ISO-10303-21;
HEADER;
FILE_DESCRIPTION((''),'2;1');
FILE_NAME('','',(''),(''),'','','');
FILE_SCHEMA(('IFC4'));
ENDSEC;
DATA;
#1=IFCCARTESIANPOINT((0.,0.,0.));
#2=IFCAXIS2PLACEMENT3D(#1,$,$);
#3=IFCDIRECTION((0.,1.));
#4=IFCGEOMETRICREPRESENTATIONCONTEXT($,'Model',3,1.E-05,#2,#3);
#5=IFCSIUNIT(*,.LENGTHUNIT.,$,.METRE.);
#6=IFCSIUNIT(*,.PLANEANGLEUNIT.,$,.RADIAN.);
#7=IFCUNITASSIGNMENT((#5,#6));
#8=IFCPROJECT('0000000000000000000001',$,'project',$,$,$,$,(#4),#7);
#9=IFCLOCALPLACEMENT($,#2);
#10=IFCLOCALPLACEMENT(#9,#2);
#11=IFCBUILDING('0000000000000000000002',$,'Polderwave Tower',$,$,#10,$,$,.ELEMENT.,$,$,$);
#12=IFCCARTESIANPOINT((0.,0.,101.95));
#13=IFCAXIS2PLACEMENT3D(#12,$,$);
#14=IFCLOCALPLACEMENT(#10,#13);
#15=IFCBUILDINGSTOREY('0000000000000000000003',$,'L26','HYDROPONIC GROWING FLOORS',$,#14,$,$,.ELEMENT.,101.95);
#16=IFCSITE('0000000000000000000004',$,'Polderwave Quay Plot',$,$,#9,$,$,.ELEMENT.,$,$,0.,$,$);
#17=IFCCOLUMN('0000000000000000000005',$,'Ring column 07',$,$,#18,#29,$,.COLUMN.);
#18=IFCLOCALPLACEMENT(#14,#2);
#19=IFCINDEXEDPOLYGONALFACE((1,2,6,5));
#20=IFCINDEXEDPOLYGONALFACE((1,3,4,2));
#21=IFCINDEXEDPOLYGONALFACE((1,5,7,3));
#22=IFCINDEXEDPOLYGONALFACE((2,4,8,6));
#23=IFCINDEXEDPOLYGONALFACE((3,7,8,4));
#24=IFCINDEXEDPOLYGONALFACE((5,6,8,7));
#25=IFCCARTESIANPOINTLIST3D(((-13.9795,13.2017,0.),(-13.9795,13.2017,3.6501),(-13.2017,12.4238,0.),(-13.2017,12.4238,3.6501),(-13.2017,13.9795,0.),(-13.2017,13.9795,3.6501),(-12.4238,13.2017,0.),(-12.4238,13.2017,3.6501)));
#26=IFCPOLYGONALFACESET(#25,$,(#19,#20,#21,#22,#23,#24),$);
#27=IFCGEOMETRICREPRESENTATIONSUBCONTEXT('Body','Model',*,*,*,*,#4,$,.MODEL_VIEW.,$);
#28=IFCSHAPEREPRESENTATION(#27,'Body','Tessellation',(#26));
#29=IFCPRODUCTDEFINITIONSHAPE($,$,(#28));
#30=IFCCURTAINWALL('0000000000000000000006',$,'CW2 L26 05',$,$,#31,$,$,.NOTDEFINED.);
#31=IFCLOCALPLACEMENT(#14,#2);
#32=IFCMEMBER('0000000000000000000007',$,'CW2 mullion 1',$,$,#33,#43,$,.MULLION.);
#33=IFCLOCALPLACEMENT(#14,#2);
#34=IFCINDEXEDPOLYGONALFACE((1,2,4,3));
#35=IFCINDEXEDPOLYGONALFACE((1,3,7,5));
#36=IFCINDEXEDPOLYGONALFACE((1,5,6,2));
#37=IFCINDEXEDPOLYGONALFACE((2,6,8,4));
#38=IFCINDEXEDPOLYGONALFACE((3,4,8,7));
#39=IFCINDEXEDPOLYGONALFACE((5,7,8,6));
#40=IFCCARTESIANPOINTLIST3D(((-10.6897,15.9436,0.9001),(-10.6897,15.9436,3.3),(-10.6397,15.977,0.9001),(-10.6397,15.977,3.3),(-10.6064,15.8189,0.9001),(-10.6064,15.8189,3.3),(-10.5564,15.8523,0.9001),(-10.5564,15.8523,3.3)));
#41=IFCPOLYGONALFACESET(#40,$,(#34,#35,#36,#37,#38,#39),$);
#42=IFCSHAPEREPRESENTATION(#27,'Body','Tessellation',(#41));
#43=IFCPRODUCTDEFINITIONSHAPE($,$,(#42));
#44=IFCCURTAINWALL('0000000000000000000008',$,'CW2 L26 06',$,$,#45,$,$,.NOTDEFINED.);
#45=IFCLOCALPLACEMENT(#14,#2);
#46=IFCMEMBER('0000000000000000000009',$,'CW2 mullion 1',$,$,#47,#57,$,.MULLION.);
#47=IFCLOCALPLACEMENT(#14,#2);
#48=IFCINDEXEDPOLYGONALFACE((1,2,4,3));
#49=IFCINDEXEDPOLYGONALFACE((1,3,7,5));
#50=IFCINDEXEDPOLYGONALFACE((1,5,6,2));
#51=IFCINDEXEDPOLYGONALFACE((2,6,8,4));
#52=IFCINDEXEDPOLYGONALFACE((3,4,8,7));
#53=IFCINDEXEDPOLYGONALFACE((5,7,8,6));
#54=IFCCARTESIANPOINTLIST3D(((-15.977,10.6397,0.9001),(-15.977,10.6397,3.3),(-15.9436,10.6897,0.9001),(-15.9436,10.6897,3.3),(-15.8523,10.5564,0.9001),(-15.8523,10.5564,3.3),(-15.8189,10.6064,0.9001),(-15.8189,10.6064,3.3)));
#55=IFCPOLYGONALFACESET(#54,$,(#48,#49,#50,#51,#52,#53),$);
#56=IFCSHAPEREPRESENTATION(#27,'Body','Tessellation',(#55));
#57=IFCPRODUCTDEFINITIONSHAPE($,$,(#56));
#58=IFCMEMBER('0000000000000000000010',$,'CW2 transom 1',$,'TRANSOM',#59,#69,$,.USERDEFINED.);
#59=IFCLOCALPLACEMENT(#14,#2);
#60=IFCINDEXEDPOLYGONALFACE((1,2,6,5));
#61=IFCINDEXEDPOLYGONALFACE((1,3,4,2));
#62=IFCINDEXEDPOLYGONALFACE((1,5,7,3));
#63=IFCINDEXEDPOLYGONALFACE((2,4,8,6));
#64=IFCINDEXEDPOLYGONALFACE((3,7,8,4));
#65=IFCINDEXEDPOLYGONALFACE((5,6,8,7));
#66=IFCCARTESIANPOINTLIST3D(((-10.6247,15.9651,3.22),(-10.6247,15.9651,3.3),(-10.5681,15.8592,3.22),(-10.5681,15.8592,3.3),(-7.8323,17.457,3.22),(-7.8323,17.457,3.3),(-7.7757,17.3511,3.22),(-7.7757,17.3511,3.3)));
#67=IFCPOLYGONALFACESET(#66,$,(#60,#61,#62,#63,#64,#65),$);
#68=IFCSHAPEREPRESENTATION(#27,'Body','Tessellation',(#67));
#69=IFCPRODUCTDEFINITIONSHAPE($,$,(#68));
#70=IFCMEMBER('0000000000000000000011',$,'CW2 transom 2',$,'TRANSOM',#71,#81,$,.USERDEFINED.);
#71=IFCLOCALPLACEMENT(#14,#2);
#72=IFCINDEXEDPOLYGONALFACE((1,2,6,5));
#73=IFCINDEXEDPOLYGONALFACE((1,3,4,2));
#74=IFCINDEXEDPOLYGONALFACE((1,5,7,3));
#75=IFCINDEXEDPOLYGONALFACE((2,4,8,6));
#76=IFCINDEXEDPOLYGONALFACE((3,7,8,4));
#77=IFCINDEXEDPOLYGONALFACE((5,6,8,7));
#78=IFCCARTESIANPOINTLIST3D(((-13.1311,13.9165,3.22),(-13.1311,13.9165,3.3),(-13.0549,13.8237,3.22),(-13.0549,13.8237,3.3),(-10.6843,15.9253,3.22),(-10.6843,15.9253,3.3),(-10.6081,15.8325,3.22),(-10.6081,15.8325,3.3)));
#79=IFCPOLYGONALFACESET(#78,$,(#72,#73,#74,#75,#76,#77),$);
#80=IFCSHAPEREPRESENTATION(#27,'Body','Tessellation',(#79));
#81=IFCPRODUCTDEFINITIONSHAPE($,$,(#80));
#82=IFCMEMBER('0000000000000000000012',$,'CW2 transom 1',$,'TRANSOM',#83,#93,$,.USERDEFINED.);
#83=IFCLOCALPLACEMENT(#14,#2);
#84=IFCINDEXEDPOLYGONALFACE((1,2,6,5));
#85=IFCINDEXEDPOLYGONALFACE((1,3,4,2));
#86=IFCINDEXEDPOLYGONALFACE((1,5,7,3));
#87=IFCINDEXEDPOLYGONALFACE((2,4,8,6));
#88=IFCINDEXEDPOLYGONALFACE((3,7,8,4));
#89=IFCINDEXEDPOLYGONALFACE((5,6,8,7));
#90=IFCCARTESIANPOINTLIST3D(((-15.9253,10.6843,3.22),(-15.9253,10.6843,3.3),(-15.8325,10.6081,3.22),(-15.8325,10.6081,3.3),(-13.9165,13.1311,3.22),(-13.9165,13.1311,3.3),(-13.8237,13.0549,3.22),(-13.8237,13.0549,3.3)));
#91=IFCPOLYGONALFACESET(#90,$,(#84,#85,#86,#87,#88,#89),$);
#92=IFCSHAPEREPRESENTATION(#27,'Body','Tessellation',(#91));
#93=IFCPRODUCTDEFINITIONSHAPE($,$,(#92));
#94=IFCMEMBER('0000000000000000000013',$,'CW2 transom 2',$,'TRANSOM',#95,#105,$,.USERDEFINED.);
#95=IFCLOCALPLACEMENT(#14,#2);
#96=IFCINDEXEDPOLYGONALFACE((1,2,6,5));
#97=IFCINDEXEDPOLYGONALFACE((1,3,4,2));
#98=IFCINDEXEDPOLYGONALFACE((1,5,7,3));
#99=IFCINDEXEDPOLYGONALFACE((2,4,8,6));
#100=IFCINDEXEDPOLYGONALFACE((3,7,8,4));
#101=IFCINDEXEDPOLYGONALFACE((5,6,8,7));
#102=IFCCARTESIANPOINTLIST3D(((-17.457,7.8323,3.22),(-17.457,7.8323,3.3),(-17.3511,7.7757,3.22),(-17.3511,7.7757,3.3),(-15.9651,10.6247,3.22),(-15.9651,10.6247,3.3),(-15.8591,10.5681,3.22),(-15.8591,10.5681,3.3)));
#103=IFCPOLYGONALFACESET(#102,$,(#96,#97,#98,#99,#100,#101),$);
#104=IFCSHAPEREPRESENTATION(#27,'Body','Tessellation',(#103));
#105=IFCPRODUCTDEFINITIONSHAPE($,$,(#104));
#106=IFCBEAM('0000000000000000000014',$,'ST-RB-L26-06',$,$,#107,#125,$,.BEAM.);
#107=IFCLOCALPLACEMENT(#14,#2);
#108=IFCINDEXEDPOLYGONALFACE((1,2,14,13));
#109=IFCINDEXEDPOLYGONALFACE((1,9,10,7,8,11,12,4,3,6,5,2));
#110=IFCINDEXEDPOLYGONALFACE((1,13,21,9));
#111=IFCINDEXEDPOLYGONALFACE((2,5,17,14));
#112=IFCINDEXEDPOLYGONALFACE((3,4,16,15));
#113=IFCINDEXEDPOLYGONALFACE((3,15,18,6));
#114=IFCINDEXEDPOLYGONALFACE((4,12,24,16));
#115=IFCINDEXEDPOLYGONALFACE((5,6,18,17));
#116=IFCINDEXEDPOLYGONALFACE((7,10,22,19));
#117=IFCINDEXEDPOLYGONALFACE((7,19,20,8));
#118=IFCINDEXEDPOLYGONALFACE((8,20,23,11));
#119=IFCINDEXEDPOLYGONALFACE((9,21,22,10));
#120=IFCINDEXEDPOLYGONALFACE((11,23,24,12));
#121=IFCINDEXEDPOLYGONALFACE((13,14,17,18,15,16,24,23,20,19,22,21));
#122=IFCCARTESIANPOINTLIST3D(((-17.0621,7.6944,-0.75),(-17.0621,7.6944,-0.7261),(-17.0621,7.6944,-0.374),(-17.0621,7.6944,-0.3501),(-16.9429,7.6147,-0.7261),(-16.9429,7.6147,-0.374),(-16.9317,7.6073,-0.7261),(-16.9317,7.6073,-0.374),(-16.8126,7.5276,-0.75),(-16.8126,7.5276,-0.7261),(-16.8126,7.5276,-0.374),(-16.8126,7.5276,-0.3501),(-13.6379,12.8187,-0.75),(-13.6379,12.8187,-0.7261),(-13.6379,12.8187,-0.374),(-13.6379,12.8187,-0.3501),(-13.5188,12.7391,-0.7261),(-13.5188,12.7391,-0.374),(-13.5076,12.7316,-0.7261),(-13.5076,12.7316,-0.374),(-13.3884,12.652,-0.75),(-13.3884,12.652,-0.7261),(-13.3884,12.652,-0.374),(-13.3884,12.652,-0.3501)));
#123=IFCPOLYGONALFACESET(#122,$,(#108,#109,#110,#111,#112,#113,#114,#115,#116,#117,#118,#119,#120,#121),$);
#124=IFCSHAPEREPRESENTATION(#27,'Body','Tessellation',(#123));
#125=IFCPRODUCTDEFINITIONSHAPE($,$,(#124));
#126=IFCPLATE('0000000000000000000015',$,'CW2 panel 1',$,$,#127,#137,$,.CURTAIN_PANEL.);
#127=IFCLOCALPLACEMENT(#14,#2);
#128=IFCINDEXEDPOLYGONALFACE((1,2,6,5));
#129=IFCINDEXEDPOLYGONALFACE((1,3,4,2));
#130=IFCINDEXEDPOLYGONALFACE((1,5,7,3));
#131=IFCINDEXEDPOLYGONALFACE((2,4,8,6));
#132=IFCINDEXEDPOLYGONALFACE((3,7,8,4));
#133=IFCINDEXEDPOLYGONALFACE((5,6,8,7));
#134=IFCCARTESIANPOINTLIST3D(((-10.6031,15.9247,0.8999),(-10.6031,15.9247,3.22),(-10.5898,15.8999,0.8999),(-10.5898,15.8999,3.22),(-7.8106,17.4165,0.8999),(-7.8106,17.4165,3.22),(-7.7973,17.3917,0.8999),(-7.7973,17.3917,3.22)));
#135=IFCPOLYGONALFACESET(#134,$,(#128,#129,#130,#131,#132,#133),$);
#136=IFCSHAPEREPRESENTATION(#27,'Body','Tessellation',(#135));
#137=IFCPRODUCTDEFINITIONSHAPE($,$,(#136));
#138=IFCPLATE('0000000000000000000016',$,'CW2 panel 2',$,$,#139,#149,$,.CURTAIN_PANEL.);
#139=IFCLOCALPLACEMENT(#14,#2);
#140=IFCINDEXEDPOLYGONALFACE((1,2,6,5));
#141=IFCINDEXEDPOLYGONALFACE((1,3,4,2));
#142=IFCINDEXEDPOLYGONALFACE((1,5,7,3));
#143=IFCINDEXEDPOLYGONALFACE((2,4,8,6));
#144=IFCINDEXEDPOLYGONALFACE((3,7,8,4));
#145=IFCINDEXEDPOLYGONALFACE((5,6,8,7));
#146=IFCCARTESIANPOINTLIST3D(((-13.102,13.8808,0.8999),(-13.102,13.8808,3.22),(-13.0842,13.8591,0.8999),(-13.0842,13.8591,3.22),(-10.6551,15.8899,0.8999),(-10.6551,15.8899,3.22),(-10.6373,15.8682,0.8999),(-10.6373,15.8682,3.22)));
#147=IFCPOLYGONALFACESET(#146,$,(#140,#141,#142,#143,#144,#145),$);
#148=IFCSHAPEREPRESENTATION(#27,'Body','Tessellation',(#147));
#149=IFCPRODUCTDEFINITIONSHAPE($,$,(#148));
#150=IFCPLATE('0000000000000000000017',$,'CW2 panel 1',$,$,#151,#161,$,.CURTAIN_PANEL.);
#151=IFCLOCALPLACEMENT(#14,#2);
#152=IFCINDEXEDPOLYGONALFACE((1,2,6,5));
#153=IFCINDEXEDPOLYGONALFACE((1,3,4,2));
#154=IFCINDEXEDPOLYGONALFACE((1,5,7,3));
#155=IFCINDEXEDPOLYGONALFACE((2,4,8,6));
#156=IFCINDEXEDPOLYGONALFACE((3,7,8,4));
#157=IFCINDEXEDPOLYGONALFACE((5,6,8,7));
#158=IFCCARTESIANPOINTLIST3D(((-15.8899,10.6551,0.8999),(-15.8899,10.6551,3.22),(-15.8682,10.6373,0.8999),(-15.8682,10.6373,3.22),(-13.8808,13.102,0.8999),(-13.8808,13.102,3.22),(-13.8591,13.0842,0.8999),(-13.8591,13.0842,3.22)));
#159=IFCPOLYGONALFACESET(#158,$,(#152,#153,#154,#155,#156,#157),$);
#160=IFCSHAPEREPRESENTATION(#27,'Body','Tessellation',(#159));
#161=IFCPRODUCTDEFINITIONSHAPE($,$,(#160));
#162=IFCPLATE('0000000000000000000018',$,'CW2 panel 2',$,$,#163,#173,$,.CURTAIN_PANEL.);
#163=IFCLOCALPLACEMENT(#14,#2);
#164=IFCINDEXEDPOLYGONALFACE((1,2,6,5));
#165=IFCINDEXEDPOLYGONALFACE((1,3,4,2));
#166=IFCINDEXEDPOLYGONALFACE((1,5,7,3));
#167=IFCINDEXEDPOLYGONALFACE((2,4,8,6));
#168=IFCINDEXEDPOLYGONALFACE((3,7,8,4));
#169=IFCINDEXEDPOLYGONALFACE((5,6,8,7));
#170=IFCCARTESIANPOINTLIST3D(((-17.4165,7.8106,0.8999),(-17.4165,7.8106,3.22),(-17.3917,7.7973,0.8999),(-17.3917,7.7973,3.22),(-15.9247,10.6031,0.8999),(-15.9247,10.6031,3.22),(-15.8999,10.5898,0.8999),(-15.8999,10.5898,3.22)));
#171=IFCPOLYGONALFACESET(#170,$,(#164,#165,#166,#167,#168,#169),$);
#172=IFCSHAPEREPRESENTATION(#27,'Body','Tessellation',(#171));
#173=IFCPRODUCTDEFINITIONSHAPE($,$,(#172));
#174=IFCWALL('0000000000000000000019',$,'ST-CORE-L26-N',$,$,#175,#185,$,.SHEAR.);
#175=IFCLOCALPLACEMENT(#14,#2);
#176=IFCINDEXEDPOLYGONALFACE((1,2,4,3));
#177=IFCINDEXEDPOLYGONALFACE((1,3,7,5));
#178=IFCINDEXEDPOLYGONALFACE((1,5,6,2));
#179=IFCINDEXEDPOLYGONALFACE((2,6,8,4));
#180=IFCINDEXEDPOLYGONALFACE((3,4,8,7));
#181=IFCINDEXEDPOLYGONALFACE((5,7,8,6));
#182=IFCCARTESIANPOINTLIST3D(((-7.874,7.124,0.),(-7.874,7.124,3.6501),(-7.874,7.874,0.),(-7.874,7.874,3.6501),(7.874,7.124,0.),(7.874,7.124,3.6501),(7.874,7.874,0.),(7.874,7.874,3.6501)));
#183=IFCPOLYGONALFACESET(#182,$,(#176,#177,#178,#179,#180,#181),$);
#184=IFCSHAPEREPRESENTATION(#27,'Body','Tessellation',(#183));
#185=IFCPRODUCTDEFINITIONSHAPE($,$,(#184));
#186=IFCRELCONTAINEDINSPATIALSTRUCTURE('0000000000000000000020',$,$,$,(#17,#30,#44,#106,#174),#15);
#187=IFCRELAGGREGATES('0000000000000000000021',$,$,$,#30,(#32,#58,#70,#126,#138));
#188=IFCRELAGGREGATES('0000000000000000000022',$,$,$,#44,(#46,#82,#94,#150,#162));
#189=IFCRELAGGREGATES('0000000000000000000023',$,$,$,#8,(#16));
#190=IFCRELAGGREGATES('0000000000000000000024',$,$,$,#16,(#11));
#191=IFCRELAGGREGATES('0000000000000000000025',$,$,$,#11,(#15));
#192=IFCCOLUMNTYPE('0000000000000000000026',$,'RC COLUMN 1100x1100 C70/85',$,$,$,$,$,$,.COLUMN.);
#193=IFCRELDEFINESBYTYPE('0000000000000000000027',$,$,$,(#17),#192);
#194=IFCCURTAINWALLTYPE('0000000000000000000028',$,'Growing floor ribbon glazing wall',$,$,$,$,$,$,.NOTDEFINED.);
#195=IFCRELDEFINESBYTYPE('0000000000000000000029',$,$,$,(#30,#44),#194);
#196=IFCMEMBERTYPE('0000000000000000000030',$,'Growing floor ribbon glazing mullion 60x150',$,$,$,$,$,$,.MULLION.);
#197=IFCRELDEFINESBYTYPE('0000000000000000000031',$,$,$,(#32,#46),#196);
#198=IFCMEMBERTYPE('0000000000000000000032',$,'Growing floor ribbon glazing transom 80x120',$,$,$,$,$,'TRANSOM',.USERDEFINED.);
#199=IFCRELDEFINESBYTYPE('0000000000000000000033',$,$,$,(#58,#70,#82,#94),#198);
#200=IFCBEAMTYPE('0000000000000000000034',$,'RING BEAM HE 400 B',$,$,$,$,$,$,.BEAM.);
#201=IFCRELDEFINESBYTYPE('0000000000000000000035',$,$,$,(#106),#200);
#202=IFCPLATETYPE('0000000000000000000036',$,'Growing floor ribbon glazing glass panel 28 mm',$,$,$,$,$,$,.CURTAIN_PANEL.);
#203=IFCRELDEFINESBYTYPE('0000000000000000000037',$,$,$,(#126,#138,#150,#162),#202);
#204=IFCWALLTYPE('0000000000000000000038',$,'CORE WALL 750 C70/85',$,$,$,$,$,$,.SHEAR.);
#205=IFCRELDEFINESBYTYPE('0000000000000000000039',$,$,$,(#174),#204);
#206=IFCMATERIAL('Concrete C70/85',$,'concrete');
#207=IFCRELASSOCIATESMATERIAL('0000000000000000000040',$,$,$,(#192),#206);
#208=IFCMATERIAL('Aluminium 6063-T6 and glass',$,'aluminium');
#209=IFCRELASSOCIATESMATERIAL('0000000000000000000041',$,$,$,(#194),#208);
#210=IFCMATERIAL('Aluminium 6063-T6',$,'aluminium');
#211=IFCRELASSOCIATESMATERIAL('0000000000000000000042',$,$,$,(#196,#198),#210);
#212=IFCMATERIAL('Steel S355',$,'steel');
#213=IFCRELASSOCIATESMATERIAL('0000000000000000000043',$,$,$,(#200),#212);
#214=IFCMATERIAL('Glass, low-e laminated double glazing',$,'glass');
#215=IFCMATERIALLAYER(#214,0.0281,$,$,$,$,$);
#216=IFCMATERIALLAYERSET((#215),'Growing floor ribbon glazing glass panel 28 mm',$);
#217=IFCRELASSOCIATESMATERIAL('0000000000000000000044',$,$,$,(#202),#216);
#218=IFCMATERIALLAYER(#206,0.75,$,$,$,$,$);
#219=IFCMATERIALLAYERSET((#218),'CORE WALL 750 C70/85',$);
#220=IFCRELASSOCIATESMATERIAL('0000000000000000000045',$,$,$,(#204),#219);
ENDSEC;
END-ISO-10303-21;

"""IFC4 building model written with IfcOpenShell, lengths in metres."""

from ifc_helpers import new_model, si_unit, direction, frame, frame_2d, origin, origin_2d, place, context, subcontext, project, spatial, rectangle, i_section, extrude, material, layer, layer_set, material_profile, profile_set, type_object, element, aggregate, save


model = new_model("IFC4")

# Units and contexts
model_context = context("Model", 3, precision=1e-05, world=origin(), true_north=direction((0.0, 1.0)))
body_context = subcontext(model_context, "Body", "Model", "MODEL_VIEW")
ifc_project = project(units=[si_unit("LENGTHUNIT", "METRE"), si_unit("PLANEANGLEUNIT", "RADIAN")], contexts=[model_context])

# Site, building, storey
site_placement = place(None, origin())
site = spatial("IfcSite", under=ifc_project, at=site_placement, Name="Polderwave Quay Plot", CompositionType="ELEMENT", RefElevation=0.0)
building_placement = place(site_placement, origin())
building = spatial("IfcBuilding", under=site, at=building_placement, Name="Polderwave Tower", CompositionType="ELEMENT")
storey_placement = place(building_placement, frame((0.0, 0.0, 101.95)))
storey = spatial("IfcBuildingStorey", under=building, at=storey_placement, Name="L26", Description="HYDROPONIC GROWING FLOORS", CompositionType="ELEMENT", Elevation=101.95)

# Column
ifc_material_1 = material(Name="Concrete C70/85", Category="concrete")
ifc_material_profile_1 = material_profile(ifc_material_1, rectangle(XDim=1.1001, YDim=1.1001, at=origin_2d()), Name="RC 1100x1100")
ifc_profile_set_1 = profile_set([ifc_material_profile_1], Name="Concrete C70/85")
column_type = type_object("IfcColumnType", Name="RC COLUMN 1100x1100 C70/85", PredefinedType="COLUMN", material=ifc_profile_set_1)
column_placement = place(storey_placement, frame((-13.2017, 13.2017, 0.0), z_axis=(0.0, 0.0, 1.0), x_axis=(-0.707107, 0.707107, 0.0)))
element("IfcColumn", 1, at=column_placement, inside=storey, type_object=column_type, Name="Ring column 07", PredefinedType="COLUMN", context=body_context, shape_type="SweptSolid", body=[
    extrude(rectangle(XDim=1.1001, YDim=1.1001, at=origin_2d()), origin(), (0.0, 0.0, 1.0), 3.6501),
])

# Curtain walls, members
ifc_material_2 = material(Name="Aluminium 6063-T6 and glass", Category="aluminium")
curtain_wall_type = type_object("IfcCurtainWallType", Name="Growing floor ribbon glazing wall", PredefinedType="NOTDEFINED", material=ifc_material_2)
curtain_wall_1_placement = place(storey_placement, origin())
curtain_wall_1 = element("IfcCurtainWall", 2, at=curtain_wall_1_placement, inside=storey, type_object=curtain_wall_type, Name="CW2 L26 05", PredefinedType="NOTDEFINED")
ifc_material_3 = material(Name="Aluminium 6063-T6", Category="aluminium")
ifc_material_profile_2 = material_profile(ifc_material_3, rectangle(XDim=0.1499, YDim=0.0601, at=origin_2d()), Name="AL 60x150")
ifc_profile_set_2 = profile_set([ifc_material_profile_2], Name="Aluminium 6063-T6")
member_type_1 = type_object("IfcMemberType", Name="Growing floor ribbon glazing mullion 60x150", PredefinedType="MULLION", material=ifc_profile_set_2)
member_1_placement = place(storey_placement, frame((-10.623, 15.8979, 0.9001), z_axis=(0.0, 0.0, 1.0), x_axis=(0.555573, -0.831468, 0.0)))
member_1 = element("IfcMember", 3, at=member_1_placement, type_object=member_type_1, Name="CW2 mullion 1", PredefinedType="MULLION", context=body_context, shape_type="SweptSolid", body=[
    extrude(rectangle(XDim=0.1499, YDim=0.0601, at=origin_2d()), origin(), (0.0, 0.0, 1.0), 2.3999),
])
curtain_wall_2_placement = place(storey_placement, origin())
curtain_wall_2 = element("IfcCurtainWall", 4, at=curtain_wall_2_placement, inside=storey, type_object=curtain_wall_type, Name="CW2 L26 06", PredefinedType="NOTDEFINED")
member_2_placement = place(storey_placement, frame((-15.8979, 10.623, 0.9001), z_axis=(0.0, 0.0, 1.0), x_axis=(0.831468, -0.555573, 0.0)))
member_2 = element("IfcMember", 5, at=member_2_placement, type_object=member_type_1, Name="CW2 mullion 1", PredefinedType="MULLION", context=body_context, shape_type="SweptSolid", body=[
    extrude(rectangle(XDim=0.1499, YDim=0.0601, at=origin_2d()), origin(), (0.0, 0.0, 1.0), 2.3999),
])

# Members
ifc_material_profile_3 = material_profile(ifc_material_3, rectangle(XDim=0.1201, YDim=0.0801, at=origin_2d()), Name="AL 80x120")
ifc_profile_set_3 = profile_set([ifc_material_profile_3], Name="Aluminium 6063-T6")
member_type_2 = type_object("IfcMemberType", Name="Growing floor ribbon glazing transom 80x120", ElementType="TRANSOM", PredefinedType="USERDEFINED", material=ifc_profile_set_3)
member_3_placement = place(storey_placement, frame((-7.804, 17.4041, 3.26), z_axis=(-0.882009, -0.471232, 0.0), x_axis=(0.471232, -0.882009, 0.0)))
member_3 = element("IfcMember", 6, at=member_3_placement, type_object=member_type_2, Name="CW2 transom 1", ObjectType="TRANSOM", PredefinedType="USERDEFINED", context=body_context, shape_type="SweptSolid", body=[
    extrude(rectangle(XDim=0.1201, YDim=0.0801, at=origin_2d()), origin(), (0.0, 0.0, 1.0), 3.166),
])
member_4_placement = place(storey_placement, frame((-10.6462, 15.8789, 3.26), z_axis=(-0.772891, -0.634539, 0.0), x_axis=(0.634539, -0.772891, 0.0)))
member_4 = element("IfcMember", 7, at=member_4_placement, type_object=member_type_2, Name="CW2 transom 2", ObjectType="TRANSOM", PredefinedType="USERDEFINED", context=body_context, shape_type="SweptSolid", body=[
    extrude(rectangle(XDim=0.1201, YDim=0.0801, at=origin_2d()), origin(), (0.0, 0.0, 1.0), 3.1658),
])
member_5_placement = place(storey_placement, frame((-13.8701, 13.093, 3.26), z_axis=(-0.634539, -0.772891, 0.0), x_axis=(0.772891, -0.634539, 0.0)))
member_5 = element("IfcMember", 8, at=member_5_placement, type_object=member_type_2, Name="CW2 transom 1", ObjectType="TRANSOM", PredefinedType="USERDEFINED", context=body_context, shape_type="SweptSolid", body=[
    extrude(rectangle(XDim=0.1201, YDim=0.0801, at=origin_2d()), origin(), (0.0, 0.0, 1.0), 3.1658),
])
member_6_placement = place(storey_placement, frame((-15.9121, 10.5964, 3.26), z_axis=(-0.471232, -0.882009, 0.0), x_axis=(0.882009, -0.471232, 0.0)))
member_6 = element("IfcMember", 9, at=member_6_placement, type_object=member_type_2, Name="CW2 transom 2", ObjectType="TRANSOM", PredefinedType="USERDEFINED", context=body_context, shape_type="SweptSolid", body=[
    extrude(rectangle(XDim=0.1201, YDim=0.0801, at=origin_2d()), origin(), (0.0, 0.0, 1.0), 3.166),
])

# Beam
ifc_material_4 = material(Name="Steel S355", Category="steel")
ifc_material_profile_4 = material_profile(ifc_material_4, i_section(OverallWidth=0.3, OverallDepth=0.3999, WebThickness=0.0134, FlangeThickness=0.0239, at=origin_2d()), Name="HE 400 B")
ifc_profile_set_4 = profile_set([ifc_material_profile_4], Name="Steel S355")
beam_type = type_object("IfcBeamType", Name="RING BEAM HE 400 B", PredefinedType="BEAM", material=ifc_profile_set_4)
beam_placement = place(storey_placement, frame((-13.5132, 12.7354, -0.55), z_axis=(-0.555587, -0.831459, 0.0), x_axis=(0.831459, -0.555587, 0.0)))
element("IfcBeam", 10, at=beam_placement, inside=storey, type_object=beam_type, Name="ST-RB-L26-06", PredefinedType="BEAM", context=body_context, shape_type="SweptSolid", body=[
    extrude(i_section(OverallWidth=0.3, OverallDepth=0.3999, WebThickness=0.0134, FlangeThickness=0.0239, at=origin_2d()), origin(), (0.0, 0.0, 1.0), 6.1631),
])

# Plates
ifc_material_5 = material(Name="Glass, low-e laminated double glazing", Category="glass")
ifc_layer_1 = layer(ifc_material_5, 0.0281)
ifc_layer_set_1 = layer_set([ifc_layer_1], Name="Growing floor ribbon glazing glass panel 28 mm")
plate_type = type_object("IfcPlateType", Name="Growing floor ribbon glazing glass panel 28 mm", PredefinedType="CURTAIN_PANEL", material=ifc_layer_set_1)
plate_1_placement = place(storey_placement, frame((-9.2002, 16.6582, 0.8999), z_axis=(0.0, 0.0, 1.0), x_axis=(-0.882023, -0.471206, 0.0)))
plate_1 = element("IfcPlate", 11, at=plate_1_placement, type_object=plate_type, Name="CW2 panel 1", PredefinedType="CURTAIN_PANEL", context=body_context, shape_type="SweptSolid", body=[
    extrude(rectangle(XDim=3.166, YDim=0.0281, at=origin_2d()), origin(), (0.0, 0.0, 1.0), 2.3201),
])
plate_2_placement = place(storey_placement, frame((-11.8696, 14.8745, 0.8999), z_axis=(0.0, 0.0, 1.0), x_axis=(-0.772869, -0.634566, 0.0)))
plate_2 = element("IfcPlate", 12, at=plate_2_placement, type_object=plate_type, Name="CW2 panel 2", PredefinedType="CURTAIN_PANEL", context=body_context, shape_type="SweptSolid", body=[
    extrude(rectangle(XDim=3.166, YDim=0.0281, at=origin_2d()), origin(), (0.0, 0.0, 1.0), 2.3201),
])
aggregate(curtain_wall_1, [member_1, member_3, member_4, plate_1, plate_2])
plate_3_placement = place(storey_placement, frame((-14.8745, 11.8696, 0.8999), z_axis=(0.0, 0.0, 1.0), x_axis=(-0.634566, -0.772869, 0.0)))
plate_3 = element("IfcPlate", 13, at=plate_3_placement, type_object=plate_type, Name="CW2 panel 1", PredefinedType="CURTAIN_PANEL", context=body_context, shape_type="SweptSolid", body=[
    extrude(rectangle(XDim=3.166, YDim=0.0281, at=origin_2d()), origin(), (0.0, 0.0, 1.0), 2.3201),
])
plate_4_placement = place(storey_placement, frame((-16.6582, 9.2002, 0.8999), z_axis=(0.0, 0.0, 1.0), x_axis=(-0.471206, -0.882023, 0.0)))
plate_4 = element("IfcPlate", 14, at=plate_4_placement, type_object=plate_type, Name="CW2 panel 2", PredefinedType="CURTAIN_PANEL", context=body_context, shape_type="SweptSolid", body=[
    extrude(rectangle(XDim=3.166, YDim=0.0281, at=origin_2d()), origin(), (0.0, 0.0, 1.0), 2.3201),
])
aggregate(curtain_wall_2, [member_2, member_5, member_6, plate_3, plate_4])

# Wall
ifc_layer_2 = layer(ifc_material_1, 0.75)
ifc_layer_set_2 = layer_set([ifc_layer_2], Name="CORE WALL 750 C70/85")
wall_type_1 = type_object("IfcWallType", Name="CORE WALL 750 C70/85", PredefinedType="SHEAR", material=ifc_layer_set_2)
wall_placement = place(storey_placement, frame((-7.874, 7.499, 0.0), z_axis=(0.0, 0.0, 1.0), x_axis=(1.0, 0.0, 0.0)))
element("IfcWall", 15, at=wall_placement, inside=storey, type_object=wall_type_1, Name="ST-CORE-L26-N", PredefinedType="SHEAR", context=body_context, shape_type="SweptSolid", body=[
    extrude(rectangle(XDim=15.748, YDim=0.75, at=frame_2d((7.874, 0.0))), origin(), (0.0, 0.0, 1.0), 3.6501),
])

save(model, "model.ifc")
